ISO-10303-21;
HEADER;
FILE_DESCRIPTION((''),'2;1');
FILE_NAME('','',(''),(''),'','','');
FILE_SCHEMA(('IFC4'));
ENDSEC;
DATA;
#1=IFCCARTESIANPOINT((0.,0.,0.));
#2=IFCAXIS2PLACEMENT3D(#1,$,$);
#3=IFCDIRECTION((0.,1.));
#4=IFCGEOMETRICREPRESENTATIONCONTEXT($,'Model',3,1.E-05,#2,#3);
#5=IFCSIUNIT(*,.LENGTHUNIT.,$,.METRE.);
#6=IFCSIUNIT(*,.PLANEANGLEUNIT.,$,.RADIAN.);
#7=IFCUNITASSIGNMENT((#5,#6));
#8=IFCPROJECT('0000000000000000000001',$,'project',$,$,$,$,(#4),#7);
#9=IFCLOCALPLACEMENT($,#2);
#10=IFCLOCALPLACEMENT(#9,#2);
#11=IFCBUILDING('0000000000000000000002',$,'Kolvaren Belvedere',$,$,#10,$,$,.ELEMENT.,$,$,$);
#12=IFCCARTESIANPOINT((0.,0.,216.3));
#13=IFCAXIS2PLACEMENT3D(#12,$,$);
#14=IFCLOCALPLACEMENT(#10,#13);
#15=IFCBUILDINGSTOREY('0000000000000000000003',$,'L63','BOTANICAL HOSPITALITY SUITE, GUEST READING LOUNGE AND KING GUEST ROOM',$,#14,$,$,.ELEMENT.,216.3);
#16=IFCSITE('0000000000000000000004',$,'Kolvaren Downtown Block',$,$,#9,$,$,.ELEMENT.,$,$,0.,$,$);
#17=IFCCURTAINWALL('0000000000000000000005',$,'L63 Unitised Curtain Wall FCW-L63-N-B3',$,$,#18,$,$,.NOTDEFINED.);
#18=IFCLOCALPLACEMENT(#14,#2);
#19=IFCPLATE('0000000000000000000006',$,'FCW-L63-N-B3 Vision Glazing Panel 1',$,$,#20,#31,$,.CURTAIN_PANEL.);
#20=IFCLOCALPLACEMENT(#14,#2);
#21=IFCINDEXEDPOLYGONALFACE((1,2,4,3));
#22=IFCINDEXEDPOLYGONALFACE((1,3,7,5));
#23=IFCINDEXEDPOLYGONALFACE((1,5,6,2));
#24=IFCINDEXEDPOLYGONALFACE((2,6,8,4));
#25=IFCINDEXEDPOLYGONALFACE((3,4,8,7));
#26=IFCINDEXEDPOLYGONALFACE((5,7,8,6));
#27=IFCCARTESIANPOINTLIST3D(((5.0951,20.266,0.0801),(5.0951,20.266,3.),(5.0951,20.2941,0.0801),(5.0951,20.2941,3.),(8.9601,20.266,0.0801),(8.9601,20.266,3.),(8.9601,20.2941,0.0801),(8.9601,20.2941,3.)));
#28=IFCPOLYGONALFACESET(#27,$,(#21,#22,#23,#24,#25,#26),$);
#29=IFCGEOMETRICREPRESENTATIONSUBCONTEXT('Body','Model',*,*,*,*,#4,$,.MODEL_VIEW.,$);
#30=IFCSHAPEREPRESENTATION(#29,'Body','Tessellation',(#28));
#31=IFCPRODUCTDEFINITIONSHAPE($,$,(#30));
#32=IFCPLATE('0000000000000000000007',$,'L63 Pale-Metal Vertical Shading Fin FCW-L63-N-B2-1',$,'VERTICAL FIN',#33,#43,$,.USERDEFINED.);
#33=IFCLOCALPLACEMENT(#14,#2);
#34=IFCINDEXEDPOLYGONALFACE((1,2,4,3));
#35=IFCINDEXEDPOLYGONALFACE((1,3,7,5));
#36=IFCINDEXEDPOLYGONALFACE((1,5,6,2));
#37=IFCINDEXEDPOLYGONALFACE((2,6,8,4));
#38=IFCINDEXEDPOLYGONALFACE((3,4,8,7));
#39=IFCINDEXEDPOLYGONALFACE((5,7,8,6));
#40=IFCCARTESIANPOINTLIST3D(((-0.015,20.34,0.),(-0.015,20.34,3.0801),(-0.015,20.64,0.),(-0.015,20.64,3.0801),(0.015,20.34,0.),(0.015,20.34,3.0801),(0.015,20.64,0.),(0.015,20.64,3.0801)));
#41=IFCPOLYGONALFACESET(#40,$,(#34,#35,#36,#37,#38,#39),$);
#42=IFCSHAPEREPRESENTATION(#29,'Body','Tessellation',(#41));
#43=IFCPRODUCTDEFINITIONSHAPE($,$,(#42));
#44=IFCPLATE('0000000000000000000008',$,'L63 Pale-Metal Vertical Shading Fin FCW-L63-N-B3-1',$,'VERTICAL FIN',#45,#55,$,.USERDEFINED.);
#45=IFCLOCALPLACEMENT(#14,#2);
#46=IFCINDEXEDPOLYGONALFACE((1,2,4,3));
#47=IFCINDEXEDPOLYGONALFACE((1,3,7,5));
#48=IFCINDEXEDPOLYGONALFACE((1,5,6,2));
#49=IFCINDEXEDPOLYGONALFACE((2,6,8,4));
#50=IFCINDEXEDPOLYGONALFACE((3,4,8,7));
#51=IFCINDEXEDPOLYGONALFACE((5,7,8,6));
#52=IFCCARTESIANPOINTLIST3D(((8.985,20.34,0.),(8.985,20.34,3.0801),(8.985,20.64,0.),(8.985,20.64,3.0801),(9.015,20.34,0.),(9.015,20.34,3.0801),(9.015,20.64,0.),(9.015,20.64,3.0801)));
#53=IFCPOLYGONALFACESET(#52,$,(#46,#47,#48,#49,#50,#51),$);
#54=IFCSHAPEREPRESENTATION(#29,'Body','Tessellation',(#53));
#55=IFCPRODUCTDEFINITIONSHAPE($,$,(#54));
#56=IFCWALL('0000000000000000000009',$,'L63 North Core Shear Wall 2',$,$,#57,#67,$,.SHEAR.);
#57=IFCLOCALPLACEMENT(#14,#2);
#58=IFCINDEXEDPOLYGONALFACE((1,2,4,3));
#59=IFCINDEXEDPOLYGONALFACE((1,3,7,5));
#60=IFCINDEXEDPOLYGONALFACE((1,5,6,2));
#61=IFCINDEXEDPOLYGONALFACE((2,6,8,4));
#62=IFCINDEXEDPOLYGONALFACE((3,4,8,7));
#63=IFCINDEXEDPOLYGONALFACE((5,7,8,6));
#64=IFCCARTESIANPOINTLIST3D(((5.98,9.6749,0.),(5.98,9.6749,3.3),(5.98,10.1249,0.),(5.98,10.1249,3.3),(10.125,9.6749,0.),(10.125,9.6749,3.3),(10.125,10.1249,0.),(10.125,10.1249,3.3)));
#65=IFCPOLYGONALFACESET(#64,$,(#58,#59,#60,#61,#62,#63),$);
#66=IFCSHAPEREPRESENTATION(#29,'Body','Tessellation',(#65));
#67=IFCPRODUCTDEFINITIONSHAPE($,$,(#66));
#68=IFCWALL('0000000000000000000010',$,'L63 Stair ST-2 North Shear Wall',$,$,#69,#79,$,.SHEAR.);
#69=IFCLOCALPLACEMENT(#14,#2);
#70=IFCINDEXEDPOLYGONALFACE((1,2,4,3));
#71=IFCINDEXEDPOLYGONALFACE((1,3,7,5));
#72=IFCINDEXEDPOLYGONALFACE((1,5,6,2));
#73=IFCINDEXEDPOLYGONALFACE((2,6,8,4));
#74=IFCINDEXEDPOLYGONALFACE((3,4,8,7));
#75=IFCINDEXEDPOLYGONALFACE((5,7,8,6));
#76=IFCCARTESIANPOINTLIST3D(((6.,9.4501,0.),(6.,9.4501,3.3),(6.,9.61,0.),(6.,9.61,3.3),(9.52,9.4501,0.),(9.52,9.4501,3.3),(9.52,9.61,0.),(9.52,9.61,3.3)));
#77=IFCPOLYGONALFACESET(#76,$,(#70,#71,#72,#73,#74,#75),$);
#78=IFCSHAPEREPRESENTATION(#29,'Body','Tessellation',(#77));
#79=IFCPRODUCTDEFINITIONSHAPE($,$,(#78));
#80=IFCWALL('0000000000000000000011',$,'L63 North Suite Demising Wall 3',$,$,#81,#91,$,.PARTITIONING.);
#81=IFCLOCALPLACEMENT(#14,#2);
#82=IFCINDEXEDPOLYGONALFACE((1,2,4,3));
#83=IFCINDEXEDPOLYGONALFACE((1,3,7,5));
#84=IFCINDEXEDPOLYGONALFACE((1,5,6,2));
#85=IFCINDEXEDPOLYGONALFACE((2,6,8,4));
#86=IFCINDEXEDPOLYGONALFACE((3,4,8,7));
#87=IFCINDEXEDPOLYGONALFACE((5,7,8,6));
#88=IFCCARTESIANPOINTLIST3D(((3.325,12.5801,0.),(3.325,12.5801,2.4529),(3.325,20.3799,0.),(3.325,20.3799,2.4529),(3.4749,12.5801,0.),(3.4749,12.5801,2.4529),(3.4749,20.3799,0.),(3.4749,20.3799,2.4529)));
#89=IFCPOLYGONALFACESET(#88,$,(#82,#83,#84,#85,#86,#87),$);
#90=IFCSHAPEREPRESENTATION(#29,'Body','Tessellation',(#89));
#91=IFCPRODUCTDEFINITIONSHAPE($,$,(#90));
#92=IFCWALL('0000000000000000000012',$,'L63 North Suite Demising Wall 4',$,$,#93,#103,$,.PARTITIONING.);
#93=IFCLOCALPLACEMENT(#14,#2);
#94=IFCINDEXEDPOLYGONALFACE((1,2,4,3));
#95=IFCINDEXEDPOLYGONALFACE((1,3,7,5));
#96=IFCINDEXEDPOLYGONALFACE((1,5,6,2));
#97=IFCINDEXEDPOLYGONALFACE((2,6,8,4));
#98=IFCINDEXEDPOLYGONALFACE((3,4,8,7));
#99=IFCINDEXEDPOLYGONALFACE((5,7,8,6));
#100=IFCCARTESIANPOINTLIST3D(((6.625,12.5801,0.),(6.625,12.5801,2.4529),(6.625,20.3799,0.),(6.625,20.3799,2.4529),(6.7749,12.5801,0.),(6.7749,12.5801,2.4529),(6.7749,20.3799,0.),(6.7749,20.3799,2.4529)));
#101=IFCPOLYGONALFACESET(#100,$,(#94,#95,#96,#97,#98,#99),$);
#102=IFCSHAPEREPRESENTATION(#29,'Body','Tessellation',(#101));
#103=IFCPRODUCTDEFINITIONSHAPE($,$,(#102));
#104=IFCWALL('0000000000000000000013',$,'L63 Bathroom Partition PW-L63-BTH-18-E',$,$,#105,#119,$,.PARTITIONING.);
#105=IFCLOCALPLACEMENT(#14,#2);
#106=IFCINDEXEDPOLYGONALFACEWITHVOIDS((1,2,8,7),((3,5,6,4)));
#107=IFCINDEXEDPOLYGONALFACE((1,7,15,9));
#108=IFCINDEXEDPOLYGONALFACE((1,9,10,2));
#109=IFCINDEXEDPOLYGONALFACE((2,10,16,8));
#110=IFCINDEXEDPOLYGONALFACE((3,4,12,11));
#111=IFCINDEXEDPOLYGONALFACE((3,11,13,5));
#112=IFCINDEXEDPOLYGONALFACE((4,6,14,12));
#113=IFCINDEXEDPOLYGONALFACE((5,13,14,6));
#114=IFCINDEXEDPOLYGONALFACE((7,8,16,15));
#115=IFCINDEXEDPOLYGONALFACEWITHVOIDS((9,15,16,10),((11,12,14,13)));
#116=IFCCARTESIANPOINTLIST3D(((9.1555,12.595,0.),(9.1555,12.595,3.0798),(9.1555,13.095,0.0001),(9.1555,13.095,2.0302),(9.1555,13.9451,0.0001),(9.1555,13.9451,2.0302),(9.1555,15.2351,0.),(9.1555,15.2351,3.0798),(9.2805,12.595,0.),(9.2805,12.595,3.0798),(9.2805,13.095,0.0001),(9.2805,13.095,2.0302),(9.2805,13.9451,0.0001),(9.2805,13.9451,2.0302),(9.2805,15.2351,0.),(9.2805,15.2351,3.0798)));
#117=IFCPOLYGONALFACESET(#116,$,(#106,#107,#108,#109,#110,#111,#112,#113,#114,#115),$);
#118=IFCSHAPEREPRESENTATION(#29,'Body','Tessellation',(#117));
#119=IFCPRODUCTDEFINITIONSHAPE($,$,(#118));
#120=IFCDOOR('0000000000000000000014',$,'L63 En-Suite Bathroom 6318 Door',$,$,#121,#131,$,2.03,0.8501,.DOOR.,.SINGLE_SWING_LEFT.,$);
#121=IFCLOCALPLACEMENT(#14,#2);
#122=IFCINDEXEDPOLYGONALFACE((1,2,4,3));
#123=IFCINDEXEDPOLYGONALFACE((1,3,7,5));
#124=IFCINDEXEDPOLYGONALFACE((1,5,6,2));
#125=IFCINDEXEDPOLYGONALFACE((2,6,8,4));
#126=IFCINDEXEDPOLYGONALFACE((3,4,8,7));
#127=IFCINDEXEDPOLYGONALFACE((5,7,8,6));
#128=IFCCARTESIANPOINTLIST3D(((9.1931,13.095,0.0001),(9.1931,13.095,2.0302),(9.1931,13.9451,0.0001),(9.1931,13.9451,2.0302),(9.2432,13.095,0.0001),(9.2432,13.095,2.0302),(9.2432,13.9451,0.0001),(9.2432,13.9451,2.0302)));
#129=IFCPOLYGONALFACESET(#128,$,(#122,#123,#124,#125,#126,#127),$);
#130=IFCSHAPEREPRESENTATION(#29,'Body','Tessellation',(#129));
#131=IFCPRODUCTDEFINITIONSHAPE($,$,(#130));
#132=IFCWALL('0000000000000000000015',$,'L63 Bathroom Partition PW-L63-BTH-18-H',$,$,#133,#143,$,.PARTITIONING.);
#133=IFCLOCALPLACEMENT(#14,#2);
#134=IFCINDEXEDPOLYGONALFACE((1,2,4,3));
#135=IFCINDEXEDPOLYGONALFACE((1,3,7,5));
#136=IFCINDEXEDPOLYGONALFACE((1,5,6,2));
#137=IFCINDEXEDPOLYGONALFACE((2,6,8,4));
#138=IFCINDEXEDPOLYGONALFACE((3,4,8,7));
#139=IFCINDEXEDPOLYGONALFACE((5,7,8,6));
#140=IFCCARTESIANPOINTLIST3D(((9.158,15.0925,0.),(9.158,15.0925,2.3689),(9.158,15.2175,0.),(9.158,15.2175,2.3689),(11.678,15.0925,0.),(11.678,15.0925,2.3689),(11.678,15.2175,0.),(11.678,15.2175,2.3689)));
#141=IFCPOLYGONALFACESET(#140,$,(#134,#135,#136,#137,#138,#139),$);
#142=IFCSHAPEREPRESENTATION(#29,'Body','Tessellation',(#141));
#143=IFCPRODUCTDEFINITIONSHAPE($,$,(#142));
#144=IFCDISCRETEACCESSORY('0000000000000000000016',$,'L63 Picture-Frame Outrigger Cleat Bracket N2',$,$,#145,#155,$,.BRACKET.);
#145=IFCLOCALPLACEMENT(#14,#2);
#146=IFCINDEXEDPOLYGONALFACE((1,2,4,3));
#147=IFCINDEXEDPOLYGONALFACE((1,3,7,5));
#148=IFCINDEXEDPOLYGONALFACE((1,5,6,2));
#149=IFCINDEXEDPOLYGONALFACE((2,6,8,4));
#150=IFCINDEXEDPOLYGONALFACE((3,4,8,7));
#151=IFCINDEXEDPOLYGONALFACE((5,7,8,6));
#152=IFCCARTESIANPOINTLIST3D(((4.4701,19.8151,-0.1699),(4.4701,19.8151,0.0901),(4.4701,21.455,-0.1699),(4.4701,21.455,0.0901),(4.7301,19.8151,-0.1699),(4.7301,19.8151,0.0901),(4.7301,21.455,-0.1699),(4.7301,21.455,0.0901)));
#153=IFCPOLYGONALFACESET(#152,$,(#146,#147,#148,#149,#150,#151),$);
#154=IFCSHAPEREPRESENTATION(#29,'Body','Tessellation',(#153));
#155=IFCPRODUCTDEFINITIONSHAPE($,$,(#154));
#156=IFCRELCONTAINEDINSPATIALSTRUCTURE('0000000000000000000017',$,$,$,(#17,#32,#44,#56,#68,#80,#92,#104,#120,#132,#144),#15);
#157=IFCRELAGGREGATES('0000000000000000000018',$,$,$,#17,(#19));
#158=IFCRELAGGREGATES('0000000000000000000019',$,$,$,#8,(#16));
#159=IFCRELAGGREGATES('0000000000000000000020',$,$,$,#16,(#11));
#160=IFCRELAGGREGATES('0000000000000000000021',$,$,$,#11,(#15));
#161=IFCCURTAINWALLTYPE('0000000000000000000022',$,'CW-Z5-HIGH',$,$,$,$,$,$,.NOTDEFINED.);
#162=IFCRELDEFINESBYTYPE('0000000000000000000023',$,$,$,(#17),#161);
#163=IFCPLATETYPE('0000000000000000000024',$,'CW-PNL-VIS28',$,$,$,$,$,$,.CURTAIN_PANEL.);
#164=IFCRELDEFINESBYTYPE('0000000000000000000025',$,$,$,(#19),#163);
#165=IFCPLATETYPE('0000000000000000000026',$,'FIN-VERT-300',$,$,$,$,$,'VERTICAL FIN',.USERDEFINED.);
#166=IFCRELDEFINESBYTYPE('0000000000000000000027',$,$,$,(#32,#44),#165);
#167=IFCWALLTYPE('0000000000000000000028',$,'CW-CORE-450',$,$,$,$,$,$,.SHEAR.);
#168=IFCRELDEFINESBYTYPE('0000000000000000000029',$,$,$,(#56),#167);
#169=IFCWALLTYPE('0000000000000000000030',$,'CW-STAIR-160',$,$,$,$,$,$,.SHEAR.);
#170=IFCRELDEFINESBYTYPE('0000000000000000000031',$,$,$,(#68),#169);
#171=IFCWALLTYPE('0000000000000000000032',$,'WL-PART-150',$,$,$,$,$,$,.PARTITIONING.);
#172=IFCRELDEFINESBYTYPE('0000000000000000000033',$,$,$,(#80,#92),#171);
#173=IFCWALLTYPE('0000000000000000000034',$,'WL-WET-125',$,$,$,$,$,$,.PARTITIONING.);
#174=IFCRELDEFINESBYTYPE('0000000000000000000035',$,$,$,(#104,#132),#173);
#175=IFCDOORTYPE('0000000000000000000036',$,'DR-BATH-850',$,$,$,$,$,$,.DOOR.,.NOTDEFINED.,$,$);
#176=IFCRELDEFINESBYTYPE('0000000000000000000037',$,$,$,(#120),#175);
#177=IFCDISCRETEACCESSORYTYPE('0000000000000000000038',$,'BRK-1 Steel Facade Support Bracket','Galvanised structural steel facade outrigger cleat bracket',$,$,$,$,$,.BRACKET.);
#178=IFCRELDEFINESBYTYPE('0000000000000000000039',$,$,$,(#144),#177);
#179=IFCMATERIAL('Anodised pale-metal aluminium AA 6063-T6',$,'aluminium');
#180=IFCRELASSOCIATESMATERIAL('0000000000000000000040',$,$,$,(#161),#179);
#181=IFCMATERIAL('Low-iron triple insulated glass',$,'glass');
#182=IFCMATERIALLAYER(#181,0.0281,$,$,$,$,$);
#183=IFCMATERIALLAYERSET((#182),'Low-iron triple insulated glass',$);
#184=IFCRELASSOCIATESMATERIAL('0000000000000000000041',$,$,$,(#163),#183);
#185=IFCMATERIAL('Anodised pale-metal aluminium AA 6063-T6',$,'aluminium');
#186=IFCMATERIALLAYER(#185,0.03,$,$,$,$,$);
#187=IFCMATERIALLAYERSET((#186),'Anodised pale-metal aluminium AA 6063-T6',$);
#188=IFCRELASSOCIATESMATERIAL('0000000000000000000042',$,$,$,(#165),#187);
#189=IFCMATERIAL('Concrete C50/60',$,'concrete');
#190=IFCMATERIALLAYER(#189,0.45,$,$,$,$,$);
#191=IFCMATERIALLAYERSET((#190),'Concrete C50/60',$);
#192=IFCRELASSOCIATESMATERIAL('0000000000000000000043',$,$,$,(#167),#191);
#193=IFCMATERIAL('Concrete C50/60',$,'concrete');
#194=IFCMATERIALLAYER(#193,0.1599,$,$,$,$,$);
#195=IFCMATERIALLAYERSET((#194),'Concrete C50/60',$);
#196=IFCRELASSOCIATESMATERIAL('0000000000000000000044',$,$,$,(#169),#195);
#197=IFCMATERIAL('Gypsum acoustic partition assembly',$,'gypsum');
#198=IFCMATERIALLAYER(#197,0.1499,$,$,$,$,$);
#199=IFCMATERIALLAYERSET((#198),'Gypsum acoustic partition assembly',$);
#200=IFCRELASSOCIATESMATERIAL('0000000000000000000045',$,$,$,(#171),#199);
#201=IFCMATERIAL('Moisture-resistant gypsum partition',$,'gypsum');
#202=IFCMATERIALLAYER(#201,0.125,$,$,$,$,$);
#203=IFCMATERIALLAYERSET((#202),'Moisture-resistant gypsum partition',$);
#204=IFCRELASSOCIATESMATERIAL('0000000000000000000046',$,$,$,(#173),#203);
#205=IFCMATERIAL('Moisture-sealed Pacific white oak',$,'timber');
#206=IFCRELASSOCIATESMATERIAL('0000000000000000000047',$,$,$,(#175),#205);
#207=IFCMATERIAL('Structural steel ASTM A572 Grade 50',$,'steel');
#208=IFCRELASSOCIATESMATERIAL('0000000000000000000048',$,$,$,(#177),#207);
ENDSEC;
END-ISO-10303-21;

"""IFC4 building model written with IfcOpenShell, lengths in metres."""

from ifc_helpers import new_model, si_unit, direction, frame, frame_2d, origin, origin_2d, place, context, subcontext, project, spatial, rectangle, extrude, material, layer, layer_set, type_object, element, fill, aggregate, save


model = new_model("IFC4")

# Units and contexts
model_context = context("Model", 3, precision=1e-05, world=origin(), true_north=direction((0.0, 1.0)))
body_context = subcontext(model_context, "Body", "Model", "MODEL_VIEW")
ifc_project = project(units=[si_unit("LENGTHUNIT", "METRE"), si_unit("PLANEANGLEUNIT", "RADIAN")], contexts=[model_context])

# Site, building, storey
site_placement = place(None, origin())
site = spatial("IfcSite", under=ifc_project, at=site_placement, Name="Kolvaren Downtown Block", CompositionType="ELEMENT", RefElevation=0.0)
building_placement = place(site_placement, origin())
building = spatial("IfcBuilding", under=site, at=building_placement, Name="Kolvaren Belvedere", CompositionType="ELEMENT")
storey_placement = place(building_placement, frame((0.0, 0.0, 216.3)))
storey = spatial("IfcBuildingStorey", under=building, at=storey_placement, Name="L63", Description="BOTANICAL HOSPITALITY SUITE, GUEST READING LOUNGE AND KING GUEST ROOM", CompositionType="ELEMENT", Elevation=216.3)

# Curtain wall
ifc_material_1 = material(Name="Anodised pale-metal aluminium AA 6063-T6", Category="aluminium")
curtain_wall_type = type_object("IfcCurtainWallType", Name="CW-Z5-HIGH", PredefinedType="NOTDEFINED", material=ifc_material_1)
curtain_wall_1_placement = place(storey_placement, origin())
curtain_wall_1 = element("IfcCurtainWall", 1, at=curtain_wall_1_placement, inside=storey, type_object=curtain_wall_type, Name="L63 Unitised Curtain Wall FCW-L63-N-B3", PredefinedType="NOTDEFINED")

# Plate
ifc_material_2 = material(Name="Low-iron triple insulated glass", Category="glass")
ifc_layer_1 = layer(ifc_material_2, 0.0281)
ifc_layer_set_1 = layer_set([ifc_layer_1], Name="Low-iron triple insulated glass")
plate_type_1 = type_object("IfcPlateType", Name="CW-PNL-VIS28", PredefinedType="CURTAIN_PANEL", material=ifc_layer_set_1)
plate_1_placement = place(storey_placement, frame((7.0276, 20.28, 0.0801), z_axis=(0.0, 0.0, 1.0), x_axis=(1.0, 0.0, 0.0)))
plate_1 = element("IfcPlate", 2, at=plate_1_placement, type_object=plate_type_1, Name="FCW-L63-N-B3 Vision Glazing Panel 1", PredefinedType="CURTAIN_PANEL", context=body_context, shape_type="SweptSolid", body=[
    extrude(rectangle(XDim=3.865, YDim=0.0281, at=origin_2d()), origin(), (0.0, 0.0, 1.0), 2.9199),
])
aggregate(curtain_wall_1, [plate_1])

# Plates
ifc_material_3 = material(Name="Anodised pale-metal aluminium AA 6063-T6", Category="aluminium")
ifc_layer_2 = layer(ifc_material_3, 0.03)
ifc_layer_set_2 = layer_set([ifc_layer_2], Name="Anodised pale-metal aluminium AA 6063-T6")
plate_type_2 = type_object("IfcPlateType", Name="FIN-VERT-300", ElementType="VERTICAL FIN", PredefinedType="USERDEFINED", material=ifc_layer_set_2)
for number, where, z_axis, x_axis, name in (
    (3, (0.0, 20.49, 0.0), (0.0, 0.0, 1.0), (0.0, 1.0, 0.0), "L63 Pale-Metal Vertical Shading Fin FCW-L63-N-B2-1"),
    (4, (9.0, 20.49, 0.0), (0.0, 0.0, 1.0), (0.0, 1.0, 0.0), "L63 Pale-Metal Vertical Shading Fin FCW-L63-N-B3-1"),
):
    element("IfcPlate", number, at=place(storey_placement, frame(where, z_axis=z_axis, x_axis=x_axis)), inside=storey, type_object=plate_type_2, Name=name, ObjectType="VERTICAL FIN", PredefinedType="USERDEFINED", context=body_context, shape_type="SweptSolid", body=[
        extrude(rectangle(XDim=0.3, YDim=0.03, at=origin_2d()), origin(), (0.0, 0.0, 1.0), 3.0801),
    ])

# Walls
ifc_material_4 = material(Name="Concrete C50/60", Category="concrete")
ifc_layer_3 = layer(ifc_material_4, 0.45)
ifc_layer_set_3 = layer_set([ifc_layer_3], Name="Concrete C50/60")
wall_type_1 = type_object("IfcWallType", Name="CW-CORE-450", PredefinedType="SHEAR", material=ifc_layer_set_3)
wall_1_placement = place(storey_placement, frame((5.98, 9.8999, 0.0), z_axis=(0.0, 0.0, 1.0), x_axis=(1.0, 0.0, 0.0)))
element("IfcWall", 5, at=wall_1_placement, inside=storey, type_object=wall_type_1, Name="L63 North Core Shear Wall 2", PredefinedType="SHEAR", context=body_context, shape_type="SweptSolid", body=[
    extrude(rectangle(XDim=4.145, YDim=0.45, at=frame_2d((2.0725, 0.0))), origin(), (0.0, 0.0, 1.0), 3.3),
])
ifc_material_5 = material(Name="Concrete C50/60", Category="concrete")
ifc_layer_4 = layer(ifc_material_5, 0.1599)
ifc_layer_set_4 = layer_set([ifc_layer_4], Name="Concrete C50/60")
wall_type_2 = type_object("IfcWallType", Name="CW-STAIR-160", PredefinedType="SHEAR", material=ifc_layer_set_4)
wall_2_placement = place(storey_placement, frame((6.0, 9.53, 0.0), z_axis=(0.0, 0.0, 1.0), x_axis=(1.0, 0.0, 0.0)))
element("IfcWall", 6, at=wall_2_placement, inside=storey, type_object=wall_type_2, Name="L63 Stair ST-2 North Shear Wall", PredefinedType="SHEAR", context=body_context, shape_type="SweptSolid", body=[
    extrude(rectangle(XDim=3.52, YDim=0.1599, at=frame_2d((1.76, 0.0))), origin(), (0.0, 0.0, 1.0), 3.3),
])
ifc_material_6 = material(Name="Gypsum acoustic partition assembly", Category="gypsum")
ifc_layer_5 = layer(ifc_material_6, 0.1499)
ifc_layer_set_5 = layer_set([ifc_layer_5], Name="Gypsum acoustic partition assembly")
wall_type_3 = type_object("IfcWallType", Name="WL-PART-150", PredefinedType="PARTITIONING", material=ifc_layer_set_5)
for number, where, z_axis, x_axis, name in (
    (7, (3.3999, 12.5801, 0.0), (0.0, 0.0, 1.0), (0.0, 1.0, 0.0), "L63 North Suite Demising Wall 3"),
    (8, (6.7, 12.5801, 0.0), (0.0, 0.0, 1.0), (0.0, 1.0, 0.0), "L63 North Suite Demising Wall 4"),
):
    element("IfcWall", number, at=place(storey_placement, frame(where, z_axis=z_axis, x_axis=x_axis)), inside=storey, type_object=wall_type_3, Name=name, PredefinedType="PARTITIONING", context=body_context, shape_type="SweptSolid", body=[
        extrude(rectangle(XDim=7.7998, YDim=0.1499, at=frame_2d((3.8999, 0.0))), origin(), (0.0, 0.0, 1.0), 2.4529),
    ])

# Wall, opening, door
ifc_material_7 = material(Name="Moisture-resistant gypsum partition", Category="gypsum")
ifc_layer_6 = layer(ifc_material_7, 0.125)
ifc_layer_set_6 = layer_set([ifc_layer_6], Name="Moisture-resistant gypsum partition")
wall_type_4 = type_object("IfcWallType", Name="WL-WET-125", PredefinedType="PARTITIONING", material=ifc_layer_set_6)
wall_3_placement = place(storey_placement, frame((9.218, 12.595, 0.0), z_axis=(0.0, 0.0, 1.0), x_axis=(0.0, 1.0, 0.0)))
wall_3 = element("IfcWall", 9, at=wall_3_placement, inside=storey, type_object=wall_type_4, Name="L63 Bathroom Partition PW-L63-BTH-18-E", PredefinedType="PARTITIONING", context=body_context, shape_type="SweptSolid", body=[
    extrude(rectangle(XDim=2.6401, YDim=0.125, at=frame_2d((1.3201, 0.0))), origin(), (0.0, 0.0, 1.0), 3.0798),
])
opening_placement = place(wall_3_placement, frame((0.5, 0.0, 0.0)))
opening = element("IfcOpeningElement", 10, at=opening_placement, cuts=wall_3, PredefinedType="OPENING", context=body_context, shape_type="SweptSolid", body=[
    extrude(rectangle(XDim=0.8501, YDim=2.03, at=frame_2d((0.425, 1.0151))), frame((0.0, 0.0725, 0.0), z_axis=(0.0, -1.0, 0.0), x_axis=(1.0, 0.0, 0.0)), (0.0, 0.0, 1.0), 0.145),
])
ifc_material_8 = material(Name="Moisture-sealed Pacific white oak", Category="timber")
door_type = type_object("IfcDoorType", Name="DR-BATH-850", OperationType="NOTDEFINED", PredefinedType="DOOR", material=ifc_material_8)
door_placement = place(opening_placement, origin())
door = element("IfcDoor", 11, at=door_placement, inside=storey, type_object=door_type, Name="L63 En-Suite Bathroom 6318 Door", OperationType="SINGLE_SWING_LEFT", OverallHeight=2.03, OverallWidth=0.8501, PredefinedType="DOOR", context=body_context, shape_type="SweptSolid", body=[
    extrude(rectangle(XDim=0.8501, YDim=2.03, at=frame_2d((0.425, 1.0151))), frame((0.0, 0.0249, 0.0), z_axis=(0.0, -1.0, 0.0), x_axis=(1.0, 0.0, 0.0)), (0.0, 0.0, 1.0), 0.05),
])
fill(opening, door)

# Wall
wall_4_placement = place(storey_placement, frame((9.158, 15.155, 0.0), z_axis=(0.0, 0.0, 1.0), x_axis=(1.0, 0.0, 0.0)))
element("IfcWall", 12, at=wall_4_placement, inside=storey, type_object=wall_type_4, Name="L63 Bathroom Partition PW-L63-BTH-18-H", PredefinedType="PARTITIONING", context=body_context, shape_type="SweptSolid", body=[
    extrude(rectangle(XDim=2.52, YDim=0.125, at=frame_2d((1.26, 0.0))), origin(), (0.0, 0.0, 1.0), 2.3689),
])

# Discrete accessory
ifc_material_9 = material(Name="Structural steel ASTM A572 Grade 50", Category="steel")
discrete_accessory_type = type_object("IfcDiscreteAccessoryType", Name="BRK-1 Steel Facade Support Bracket", Description="Galvanised structural steel facade outrigger cleat bracket", PredefinedType="BRACKET", material=ifc_material_9)
discrete_accessory_placement = place(storey_placement, frame((4.6001, 20.635, -0.1699), z_axis=(0.0, 0.0, 1.0), x_axis=(0.0, 1.0, 0.0)))
element("IfcDiscreteAccessory", 13, at=discrete_accessory_placement, inside=storey, type_object=discrete_accessory_type, Name="L63 Picture-Frame Outrigger Cleat Bracket N2", PredefinedType="BRACKET", context=body_context, shape_type="SweptSolid", body=[
    extrude(rectangle(XDim=1.6399, YDim=0.26, at=origin_2d()), origin(), (0.0, 0.0, 1.0), 0.26),
])

save(model, "model.ifc")
